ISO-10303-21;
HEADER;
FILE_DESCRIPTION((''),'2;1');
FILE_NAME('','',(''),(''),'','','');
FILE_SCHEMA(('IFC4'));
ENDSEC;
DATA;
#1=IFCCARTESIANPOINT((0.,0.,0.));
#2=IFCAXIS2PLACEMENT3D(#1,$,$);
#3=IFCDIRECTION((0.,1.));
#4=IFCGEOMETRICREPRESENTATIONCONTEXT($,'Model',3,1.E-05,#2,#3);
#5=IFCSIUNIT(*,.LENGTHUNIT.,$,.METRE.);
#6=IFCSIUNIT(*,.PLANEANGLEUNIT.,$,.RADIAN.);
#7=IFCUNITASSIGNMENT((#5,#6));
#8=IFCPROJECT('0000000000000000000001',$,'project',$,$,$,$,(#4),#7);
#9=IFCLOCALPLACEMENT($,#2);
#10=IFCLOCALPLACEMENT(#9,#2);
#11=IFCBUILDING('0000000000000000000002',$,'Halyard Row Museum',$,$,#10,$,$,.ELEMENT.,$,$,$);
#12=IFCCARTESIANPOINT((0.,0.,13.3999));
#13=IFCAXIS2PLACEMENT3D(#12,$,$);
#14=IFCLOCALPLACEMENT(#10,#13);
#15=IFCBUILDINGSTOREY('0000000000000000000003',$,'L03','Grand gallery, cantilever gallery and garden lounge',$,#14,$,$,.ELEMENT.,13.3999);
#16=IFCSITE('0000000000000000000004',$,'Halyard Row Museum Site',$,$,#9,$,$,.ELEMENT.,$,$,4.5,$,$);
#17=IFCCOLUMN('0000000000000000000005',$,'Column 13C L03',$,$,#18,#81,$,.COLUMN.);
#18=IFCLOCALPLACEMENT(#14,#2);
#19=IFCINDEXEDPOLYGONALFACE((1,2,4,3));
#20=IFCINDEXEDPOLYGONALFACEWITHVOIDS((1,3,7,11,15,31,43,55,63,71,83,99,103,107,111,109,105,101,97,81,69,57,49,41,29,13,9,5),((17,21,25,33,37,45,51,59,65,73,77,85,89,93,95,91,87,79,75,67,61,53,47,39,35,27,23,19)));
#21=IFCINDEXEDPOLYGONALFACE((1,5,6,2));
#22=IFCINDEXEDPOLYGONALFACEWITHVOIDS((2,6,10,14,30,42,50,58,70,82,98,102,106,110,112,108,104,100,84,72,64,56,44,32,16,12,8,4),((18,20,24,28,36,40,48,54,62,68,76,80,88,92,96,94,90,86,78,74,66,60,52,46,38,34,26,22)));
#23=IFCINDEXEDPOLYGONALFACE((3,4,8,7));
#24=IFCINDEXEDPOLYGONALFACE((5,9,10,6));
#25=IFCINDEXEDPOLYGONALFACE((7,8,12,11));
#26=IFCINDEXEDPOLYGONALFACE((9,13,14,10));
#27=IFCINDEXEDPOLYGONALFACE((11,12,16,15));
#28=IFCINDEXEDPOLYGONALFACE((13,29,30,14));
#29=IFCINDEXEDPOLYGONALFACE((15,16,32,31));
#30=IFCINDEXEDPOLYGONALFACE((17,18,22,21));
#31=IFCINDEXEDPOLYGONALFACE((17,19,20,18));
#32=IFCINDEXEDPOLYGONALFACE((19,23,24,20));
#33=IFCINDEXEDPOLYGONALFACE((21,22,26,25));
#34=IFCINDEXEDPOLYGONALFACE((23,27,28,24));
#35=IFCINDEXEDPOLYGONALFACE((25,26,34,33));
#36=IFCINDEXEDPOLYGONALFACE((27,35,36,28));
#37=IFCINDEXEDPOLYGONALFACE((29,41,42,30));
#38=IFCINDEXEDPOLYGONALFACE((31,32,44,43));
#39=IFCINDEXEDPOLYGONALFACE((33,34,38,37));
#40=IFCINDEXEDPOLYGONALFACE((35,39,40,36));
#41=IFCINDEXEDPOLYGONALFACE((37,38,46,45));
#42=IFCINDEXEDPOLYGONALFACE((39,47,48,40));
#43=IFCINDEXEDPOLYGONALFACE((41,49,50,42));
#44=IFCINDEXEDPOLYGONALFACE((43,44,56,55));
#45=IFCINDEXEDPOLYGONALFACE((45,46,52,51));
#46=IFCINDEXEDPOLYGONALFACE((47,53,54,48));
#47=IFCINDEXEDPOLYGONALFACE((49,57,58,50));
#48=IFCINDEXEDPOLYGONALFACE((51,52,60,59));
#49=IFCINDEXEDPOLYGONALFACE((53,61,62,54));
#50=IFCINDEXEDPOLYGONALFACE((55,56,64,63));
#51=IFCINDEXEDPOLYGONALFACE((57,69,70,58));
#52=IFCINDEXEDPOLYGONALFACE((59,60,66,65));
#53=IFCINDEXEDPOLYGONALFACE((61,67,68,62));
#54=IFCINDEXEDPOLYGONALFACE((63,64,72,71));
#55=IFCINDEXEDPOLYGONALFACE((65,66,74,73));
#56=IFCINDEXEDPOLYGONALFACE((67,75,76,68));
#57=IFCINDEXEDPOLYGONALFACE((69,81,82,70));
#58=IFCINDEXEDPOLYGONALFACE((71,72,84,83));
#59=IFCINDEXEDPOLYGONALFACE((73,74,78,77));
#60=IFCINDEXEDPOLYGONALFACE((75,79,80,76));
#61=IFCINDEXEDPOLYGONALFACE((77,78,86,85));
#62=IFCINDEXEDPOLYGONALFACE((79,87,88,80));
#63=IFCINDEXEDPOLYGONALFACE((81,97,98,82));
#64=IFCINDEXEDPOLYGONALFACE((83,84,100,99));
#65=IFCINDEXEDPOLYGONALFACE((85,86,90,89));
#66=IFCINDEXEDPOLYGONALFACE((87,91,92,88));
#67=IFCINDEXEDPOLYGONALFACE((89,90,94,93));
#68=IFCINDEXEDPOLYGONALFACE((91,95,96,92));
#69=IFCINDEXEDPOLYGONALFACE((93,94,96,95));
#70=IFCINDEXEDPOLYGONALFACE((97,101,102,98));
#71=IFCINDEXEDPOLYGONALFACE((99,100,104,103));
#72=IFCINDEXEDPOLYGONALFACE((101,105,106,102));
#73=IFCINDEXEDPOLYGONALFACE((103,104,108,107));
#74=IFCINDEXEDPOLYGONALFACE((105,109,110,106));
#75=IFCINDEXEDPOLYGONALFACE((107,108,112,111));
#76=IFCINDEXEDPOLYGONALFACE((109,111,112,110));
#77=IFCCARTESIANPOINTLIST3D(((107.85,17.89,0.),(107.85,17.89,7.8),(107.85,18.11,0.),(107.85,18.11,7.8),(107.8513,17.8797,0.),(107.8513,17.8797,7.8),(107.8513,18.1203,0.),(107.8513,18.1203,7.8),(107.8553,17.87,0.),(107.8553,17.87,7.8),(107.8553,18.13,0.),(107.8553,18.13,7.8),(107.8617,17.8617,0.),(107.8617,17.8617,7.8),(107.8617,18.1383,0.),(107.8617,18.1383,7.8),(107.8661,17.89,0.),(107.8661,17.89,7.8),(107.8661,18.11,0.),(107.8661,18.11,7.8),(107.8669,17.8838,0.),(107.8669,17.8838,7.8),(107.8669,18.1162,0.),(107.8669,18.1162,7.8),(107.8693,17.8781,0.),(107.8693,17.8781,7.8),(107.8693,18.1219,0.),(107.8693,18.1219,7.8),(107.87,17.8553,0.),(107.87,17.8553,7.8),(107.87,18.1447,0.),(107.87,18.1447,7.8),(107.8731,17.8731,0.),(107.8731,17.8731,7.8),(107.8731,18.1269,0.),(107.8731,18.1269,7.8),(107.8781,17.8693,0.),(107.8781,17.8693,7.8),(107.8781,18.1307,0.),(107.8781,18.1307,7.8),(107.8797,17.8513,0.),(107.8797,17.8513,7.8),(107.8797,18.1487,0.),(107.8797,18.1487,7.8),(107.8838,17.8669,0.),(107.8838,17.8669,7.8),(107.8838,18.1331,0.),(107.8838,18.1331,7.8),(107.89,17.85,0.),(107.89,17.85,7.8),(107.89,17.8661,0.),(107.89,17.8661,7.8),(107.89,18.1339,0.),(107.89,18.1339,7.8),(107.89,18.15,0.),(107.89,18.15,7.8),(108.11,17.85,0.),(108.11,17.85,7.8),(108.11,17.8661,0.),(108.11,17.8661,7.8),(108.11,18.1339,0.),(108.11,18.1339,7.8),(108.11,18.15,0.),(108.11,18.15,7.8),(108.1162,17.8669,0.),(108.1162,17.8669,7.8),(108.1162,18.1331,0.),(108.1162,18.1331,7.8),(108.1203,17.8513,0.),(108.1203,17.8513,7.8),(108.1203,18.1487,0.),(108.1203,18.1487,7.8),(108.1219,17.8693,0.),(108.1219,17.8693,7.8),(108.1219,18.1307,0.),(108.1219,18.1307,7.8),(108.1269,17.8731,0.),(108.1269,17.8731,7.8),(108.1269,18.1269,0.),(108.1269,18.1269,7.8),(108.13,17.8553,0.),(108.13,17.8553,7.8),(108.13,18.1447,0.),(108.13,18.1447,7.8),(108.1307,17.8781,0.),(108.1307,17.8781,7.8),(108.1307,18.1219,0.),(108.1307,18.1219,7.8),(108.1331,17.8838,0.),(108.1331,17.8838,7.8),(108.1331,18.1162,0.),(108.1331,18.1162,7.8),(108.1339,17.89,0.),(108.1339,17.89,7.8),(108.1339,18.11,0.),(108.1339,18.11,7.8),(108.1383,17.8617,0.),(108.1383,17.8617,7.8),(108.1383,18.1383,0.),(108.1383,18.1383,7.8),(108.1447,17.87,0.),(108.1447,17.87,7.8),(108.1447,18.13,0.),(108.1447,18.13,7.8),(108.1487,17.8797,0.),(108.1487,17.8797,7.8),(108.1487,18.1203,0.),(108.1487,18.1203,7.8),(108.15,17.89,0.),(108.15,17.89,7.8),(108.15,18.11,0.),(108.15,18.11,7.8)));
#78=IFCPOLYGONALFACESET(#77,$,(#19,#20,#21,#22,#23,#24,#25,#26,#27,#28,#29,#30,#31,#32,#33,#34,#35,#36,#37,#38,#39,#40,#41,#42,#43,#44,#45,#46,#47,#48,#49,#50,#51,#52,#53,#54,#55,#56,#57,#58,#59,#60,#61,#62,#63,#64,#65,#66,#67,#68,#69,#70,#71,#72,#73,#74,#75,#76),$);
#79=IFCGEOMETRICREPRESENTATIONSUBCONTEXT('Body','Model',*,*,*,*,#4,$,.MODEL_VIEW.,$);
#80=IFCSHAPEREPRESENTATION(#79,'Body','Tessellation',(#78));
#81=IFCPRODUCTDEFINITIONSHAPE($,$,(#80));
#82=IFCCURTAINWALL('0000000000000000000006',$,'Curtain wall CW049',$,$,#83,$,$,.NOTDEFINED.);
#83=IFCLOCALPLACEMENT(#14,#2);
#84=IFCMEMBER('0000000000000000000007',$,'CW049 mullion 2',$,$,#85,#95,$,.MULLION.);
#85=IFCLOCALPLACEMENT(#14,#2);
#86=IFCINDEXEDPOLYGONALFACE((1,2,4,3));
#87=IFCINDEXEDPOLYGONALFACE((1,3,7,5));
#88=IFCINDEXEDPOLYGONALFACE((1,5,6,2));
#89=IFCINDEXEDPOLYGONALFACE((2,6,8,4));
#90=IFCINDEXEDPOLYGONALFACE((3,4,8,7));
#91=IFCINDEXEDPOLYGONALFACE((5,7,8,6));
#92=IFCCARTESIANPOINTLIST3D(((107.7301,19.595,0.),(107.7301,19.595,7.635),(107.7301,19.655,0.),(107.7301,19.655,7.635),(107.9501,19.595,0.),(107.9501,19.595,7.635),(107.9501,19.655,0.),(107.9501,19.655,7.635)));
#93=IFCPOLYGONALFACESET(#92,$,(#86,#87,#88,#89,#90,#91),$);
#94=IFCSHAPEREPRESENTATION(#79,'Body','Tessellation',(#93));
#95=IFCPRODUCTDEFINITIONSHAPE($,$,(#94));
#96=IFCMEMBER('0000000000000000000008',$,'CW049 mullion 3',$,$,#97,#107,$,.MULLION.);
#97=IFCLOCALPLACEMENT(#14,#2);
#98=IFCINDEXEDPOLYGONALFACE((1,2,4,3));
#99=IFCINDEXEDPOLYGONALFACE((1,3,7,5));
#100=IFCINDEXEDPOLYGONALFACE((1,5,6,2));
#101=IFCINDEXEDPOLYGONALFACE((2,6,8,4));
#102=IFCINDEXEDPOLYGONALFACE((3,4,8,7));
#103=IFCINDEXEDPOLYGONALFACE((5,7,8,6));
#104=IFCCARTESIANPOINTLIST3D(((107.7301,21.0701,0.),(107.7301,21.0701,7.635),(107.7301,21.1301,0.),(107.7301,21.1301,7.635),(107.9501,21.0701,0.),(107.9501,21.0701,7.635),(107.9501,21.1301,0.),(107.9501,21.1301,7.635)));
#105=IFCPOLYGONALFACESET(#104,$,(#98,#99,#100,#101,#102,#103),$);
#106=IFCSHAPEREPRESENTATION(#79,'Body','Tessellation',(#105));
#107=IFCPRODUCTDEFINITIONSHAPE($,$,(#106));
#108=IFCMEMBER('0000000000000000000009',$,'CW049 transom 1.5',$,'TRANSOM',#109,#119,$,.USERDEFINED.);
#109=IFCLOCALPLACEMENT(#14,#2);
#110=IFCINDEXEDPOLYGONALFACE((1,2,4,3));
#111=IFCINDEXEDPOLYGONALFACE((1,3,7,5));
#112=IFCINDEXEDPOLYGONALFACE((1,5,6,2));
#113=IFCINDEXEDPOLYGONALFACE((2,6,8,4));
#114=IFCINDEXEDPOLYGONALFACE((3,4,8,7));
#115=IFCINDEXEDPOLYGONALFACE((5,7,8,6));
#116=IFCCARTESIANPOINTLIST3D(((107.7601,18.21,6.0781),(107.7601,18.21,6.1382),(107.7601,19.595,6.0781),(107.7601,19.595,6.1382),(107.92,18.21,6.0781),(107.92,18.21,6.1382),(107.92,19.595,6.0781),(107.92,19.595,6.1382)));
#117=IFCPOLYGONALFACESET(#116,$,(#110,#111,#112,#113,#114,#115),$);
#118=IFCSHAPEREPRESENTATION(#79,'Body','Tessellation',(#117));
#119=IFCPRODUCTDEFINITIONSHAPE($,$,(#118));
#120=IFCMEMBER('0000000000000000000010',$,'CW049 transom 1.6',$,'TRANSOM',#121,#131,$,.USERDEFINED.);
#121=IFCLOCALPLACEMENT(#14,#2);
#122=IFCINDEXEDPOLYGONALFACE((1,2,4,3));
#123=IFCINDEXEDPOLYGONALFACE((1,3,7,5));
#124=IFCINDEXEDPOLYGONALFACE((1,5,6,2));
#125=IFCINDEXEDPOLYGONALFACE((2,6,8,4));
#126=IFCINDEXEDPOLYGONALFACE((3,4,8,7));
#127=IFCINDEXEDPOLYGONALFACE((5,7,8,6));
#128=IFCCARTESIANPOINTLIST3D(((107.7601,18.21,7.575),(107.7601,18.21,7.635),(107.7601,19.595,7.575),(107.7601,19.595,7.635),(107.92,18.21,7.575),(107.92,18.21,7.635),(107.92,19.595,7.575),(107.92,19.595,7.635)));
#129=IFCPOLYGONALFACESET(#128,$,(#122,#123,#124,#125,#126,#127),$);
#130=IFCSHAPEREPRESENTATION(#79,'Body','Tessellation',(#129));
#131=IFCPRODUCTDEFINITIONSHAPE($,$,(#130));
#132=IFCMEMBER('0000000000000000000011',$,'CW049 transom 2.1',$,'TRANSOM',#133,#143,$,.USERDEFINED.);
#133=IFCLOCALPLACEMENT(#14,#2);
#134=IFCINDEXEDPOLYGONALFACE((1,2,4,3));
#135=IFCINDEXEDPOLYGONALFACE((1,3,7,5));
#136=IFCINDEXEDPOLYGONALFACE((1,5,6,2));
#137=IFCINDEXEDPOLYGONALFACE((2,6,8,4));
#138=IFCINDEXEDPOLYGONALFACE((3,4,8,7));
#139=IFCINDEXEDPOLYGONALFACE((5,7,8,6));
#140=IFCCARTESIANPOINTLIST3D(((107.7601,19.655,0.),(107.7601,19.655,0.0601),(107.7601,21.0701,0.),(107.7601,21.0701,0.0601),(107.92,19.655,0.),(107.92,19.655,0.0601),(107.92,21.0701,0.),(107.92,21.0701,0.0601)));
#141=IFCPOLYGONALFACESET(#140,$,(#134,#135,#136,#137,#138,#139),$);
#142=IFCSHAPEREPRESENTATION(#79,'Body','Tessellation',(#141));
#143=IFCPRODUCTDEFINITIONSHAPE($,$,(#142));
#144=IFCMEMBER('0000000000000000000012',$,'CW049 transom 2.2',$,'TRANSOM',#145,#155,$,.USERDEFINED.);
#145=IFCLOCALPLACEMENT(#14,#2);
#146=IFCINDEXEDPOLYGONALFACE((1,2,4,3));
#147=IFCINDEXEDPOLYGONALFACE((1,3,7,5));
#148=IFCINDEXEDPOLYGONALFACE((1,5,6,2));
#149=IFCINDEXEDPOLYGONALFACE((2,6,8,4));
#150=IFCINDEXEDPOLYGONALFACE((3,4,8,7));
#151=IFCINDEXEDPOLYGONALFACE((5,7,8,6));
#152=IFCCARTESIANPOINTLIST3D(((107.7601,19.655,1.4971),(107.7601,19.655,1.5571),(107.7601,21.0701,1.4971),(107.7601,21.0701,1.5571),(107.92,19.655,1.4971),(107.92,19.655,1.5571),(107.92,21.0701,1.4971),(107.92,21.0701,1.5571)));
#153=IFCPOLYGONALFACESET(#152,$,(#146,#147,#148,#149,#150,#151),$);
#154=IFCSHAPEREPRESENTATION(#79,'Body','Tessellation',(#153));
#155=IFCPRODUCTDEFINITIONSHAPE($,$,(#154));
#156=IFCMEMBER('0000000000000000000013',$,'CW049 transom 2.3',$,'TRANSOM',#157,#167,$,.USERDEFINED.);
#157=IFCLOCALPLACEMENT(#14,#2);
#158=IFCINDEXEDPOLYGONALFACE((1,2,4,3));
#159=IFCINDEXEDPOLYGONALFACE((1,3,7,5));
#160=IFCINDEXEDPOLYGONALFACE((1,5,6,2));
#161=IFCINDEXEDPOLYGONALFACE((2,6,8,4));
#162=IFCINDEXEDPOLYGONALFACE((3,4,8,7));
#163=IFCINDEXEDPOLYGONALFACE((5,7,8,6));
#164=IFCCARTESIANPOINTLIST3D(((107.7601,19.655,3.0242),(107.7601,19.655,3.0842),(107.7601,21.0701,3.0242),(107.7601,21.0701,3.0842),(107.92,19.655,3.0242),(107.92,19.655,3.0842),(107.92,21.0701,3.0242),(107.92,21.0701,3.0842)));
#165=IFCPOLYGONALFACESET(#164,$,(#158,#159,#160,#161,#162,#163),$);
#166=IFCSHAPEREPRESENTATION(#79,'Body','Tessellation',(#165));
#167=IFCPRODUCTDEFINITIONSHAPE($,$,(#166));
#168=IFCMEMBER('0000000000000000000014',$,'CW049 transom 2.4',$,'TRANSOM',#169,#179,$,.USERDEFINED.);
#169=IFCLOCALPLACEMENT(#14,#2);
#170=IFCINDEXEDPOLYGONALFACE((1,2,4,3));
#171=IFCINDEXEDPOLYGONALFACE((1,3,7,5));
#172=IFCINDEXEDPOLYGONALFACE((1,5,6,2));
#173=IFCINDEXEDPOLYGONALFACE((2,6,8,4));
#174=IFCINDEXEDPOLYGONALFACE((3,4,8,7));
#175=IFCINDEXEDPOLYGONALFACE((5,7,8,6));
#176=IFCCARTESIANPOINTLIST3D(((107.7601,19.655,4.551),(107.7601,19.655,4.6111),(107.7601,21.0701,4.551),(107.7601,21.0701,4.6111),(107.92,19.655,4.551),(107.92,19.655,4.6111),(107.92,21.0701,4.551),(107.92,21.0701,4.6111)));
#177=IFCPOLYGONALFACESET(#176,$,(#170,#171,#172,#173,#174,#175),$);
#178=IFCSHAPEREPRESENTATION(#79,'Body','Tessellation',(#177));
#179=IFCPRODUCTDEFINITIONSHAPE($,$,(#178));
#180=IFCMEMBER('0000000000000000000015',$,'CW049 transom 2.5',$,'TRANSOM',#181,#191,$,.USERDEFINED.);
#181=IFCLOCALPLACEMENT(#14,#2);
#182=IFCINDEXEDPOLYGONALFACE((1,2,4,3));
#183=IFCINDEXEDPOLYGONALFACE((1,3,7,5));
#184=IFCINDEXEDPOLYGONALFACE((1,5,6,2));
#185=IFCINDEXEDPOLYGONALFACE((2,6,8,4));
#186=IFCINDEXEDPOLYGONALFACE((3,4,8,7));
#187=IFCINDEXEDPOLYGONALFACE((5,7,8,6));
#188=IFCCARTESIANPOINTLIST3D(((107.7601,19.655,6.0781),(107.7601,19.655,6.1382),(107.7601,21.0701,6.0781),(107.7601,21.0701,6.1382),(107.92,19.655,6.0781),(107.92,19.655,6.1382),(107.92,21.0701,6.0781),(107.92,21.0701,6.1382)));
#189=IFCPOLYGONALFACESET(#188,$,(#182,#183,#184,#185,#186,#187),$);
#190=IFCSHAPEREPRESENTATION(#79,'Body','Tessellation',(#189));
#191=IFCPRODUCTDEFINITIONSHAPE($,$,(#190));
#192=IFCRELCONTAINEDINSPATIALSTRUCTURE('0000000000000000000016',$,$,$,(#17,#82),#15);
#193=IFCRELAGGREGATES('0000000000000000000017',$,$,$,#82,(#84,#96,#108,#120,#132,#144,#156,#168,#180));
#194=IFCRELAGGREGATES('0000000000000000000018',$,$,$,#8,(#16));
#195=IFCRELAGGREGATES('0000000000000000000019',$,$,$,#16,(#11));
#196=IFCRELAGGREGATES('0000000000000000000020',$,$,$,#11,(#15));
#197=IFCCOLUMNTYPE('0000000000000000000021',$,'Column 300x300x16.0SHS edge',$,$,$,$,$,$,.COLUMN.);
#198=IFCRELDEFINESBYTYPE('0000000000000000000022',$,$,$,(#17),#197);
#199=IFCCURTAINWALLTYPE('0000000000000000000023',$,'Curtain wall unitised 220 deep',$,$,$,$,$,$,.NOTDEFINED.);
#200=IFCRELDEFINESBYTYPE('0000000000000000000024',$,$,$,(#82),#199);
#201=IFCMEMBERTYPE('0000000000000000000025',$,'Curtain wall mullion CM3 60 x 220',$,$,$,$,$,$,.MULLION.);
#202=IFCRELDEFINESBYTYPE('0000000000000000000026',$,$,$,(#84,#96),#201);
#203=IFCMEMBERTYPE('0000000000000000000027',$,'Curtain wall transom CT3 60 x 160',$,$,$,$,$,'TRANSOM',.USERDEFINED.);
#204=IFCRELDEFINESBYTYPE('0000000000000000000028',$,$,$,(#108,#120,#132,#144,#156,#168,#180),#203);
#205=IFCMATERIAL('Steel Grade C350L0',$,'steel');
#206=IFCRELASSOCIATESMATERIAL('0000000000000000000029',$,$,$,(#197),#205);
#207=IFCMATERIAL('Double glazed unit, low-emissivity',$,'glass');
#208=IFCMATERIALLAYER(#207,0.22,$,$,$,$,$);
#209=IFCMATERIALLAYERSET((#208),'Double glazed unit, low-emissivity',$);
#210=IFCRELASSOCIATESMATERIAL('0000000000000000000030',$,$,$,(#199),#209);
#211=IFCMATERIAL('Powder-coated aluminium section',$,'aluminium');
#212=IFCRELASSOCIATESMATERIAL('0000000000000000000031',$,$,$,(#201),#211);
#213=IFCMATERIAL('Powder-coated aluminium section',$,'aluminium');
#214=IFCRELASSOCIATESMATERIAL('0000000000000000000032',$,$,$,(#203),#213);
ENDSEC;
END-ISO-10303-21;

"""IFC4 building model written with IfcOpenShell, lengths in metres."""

from ifc_helpers import new_model, si_unit, direction, frame, origin, origin_2d, place, context, subcontext, project, spatial, rectangle, hollow_rectangle, extrude, material, layer, layer_set, material_profile, profile_set, type_object, element, aggregate, save


model = new_model("IFC4")

# Units and contexts
model_context = context("Model", 3, precision=1e-05, world=origin(), true_north=direction((0.0, 1.0)))
body_context = subcontext(model_context, "Body", "Model", "MODEL_VIEW")
ifc_project = project(units=[si_unit("LENGTHUNIT", "METRE"), si_unit("PLANEANGLEUNIT", "RADIAN")], contexts=[model_context])

# Site, building, storey
site_placement = place(None, origin())
site = spatial("IfcSite", under=ifc_project, at=site_placement, Name="Halyard Row Museum Site", CompositionType="ELEMENT", RefElevation=4.5)
building_placement = place(site_placement, origin())
building = spatial("IfcBuilding", under=site, at=building_placement, Name="Halyard Row Museum", CompositionType="ELEMENT")
storey_placement = place(building_placement, frame((0.0, 0.0, 13.3999)))
storey = spatial("IfcBuildingStorey", under=building, at=storey_placement, Name="L03", Description="Grand gallery, cantilever gallery and garden lounge", CompositionType="ELEMENT", Elevation=13.3999)

# Column
ifc_material_1 = material(Name="Steel Grade C350L0", Category="steel")
ifc_material_profile_1 = material_profile(ifc_material_1, hollow_rectangle(XDim=0.3, YDim=0.3, WallThickness=0.0161, InnerFilletRadius=0.0239, OuterFilletRadius=0.04, at=origin_2d()), Name="300x300x16.0SHS")
ifc_profile_set_1 = profile_set([ifc_material_profile_1], Name="Steel Grade C350L0")
column_type = type_object("IfcColumnType", Name="Column 300x300x16.0SHS edge", PredefinedType="COLUMN", material=ifc_profile_set_1)
column_placement = place(storey_placement, frame((108.0, 18.0, 0.0), z_axis=(0.0, 0.0, 1.0), x_axis=(1.0, 0.0, 0.0)))
element("IfcColumn", 1, at=column_placement, inside=storey, type_object=column_type, Name="Column 13C L03", PredefinedType="COLUMN", context=body_context, shape_type="SweptSolid", body=[
    extrude(hollow_rectangle(XDim=0.3, YDim=0.3, WallThickness=0.0161, InnerFilletRadius=0.0239, OuterFilletRadius=0.04, at=origin_2d()), origin(), (0.0, 0.0, 1.0), 7.8),
])

# Curtain wall, members
ifc_material_2 = material(Name="Double glazed unit, low-emissivity", Category="glass")
ifc_layer_1 = layer(ifc_material_2, 0.22)
ifc_layer_set_1 = layer_set([ifc_layer_1], Name="Double glazed unit, low-emissivity")
curtain_wall_type = type_object("IfcCurtainWallType", Name="Curtain wall unitised 220 deep", PredefinedType="NOTDEFINED", material=ifc_layer_set_1)
curtain_wall_placement = place(storey_placement, origin())
curtain_wall = element("IfcCurtainWall", 2, at=curtain_wall_placement, inside=storey, type_object=curtain_wall_type, Name="Curtain wall CW049", PredefinedType="NOTDEFINED")
ifc_material_3 = material(Name="Powder-coated aluminium section", Category="aluminium")
ifc_material_profile_2 = material_profile(ifc_material_3, rectangle(XDim=0.22, YDim=0.0601, at=origin_2d()), Name="220x60 mullion")
ifc_profile_set_2 = profile_set([ifc_material_profile_2], Name="Powder-coated aluminium section")
member_type_1 = type_object("IfcMemberType", Name="Curtain wall mullion CM3 60 x 220", PredefinedType="MULLION", material=ifc_profile_set_2)
member_1_placement = place(storey_placement, frame((107.8401, 19.625, 0.0), z_axis=(0.0, 0.0, 1.0), x_axis=(-1.0, 0.0, 0.0)))
member_1 = element("IfcMember", 3, at=member_1_placement, type_object=member_type_1, Name="CW049 mullion 2", PredefinedType="MULLION", context=body_context, shape_type="SweptSolid", body=[
    extrude(rectangle(XDim=0.22, YDim=0.0601, at=origin_2d()), origin(), (0.0, 0.0, 1.0), 7.635),
])
member_2_placement = place(storey_placement, frame((107.8401, 21.1001, 0.0), z_axis=(0.0, 0.0, 1.0), x_axis=(-1.0, 0.0, 0.0)))
member_2 = element("IfcMember", 4, at=member_2_placement, type_object=member_type_1, Name="CW049 mullion 3", PredefinedType="MULLION", context=body_context, shape_type="SweptSolid", body=[
    extrude(rectangle(XDim=0.22, YDim=0.0601, at=origin_2d()), origin(), (0.0, 0.0, 1.0), 7.635),
])
ifc_material_4 = material(Name="Powder-coated aluminium section", Category="aluminium")
ifc_material_profile_3 = material_profile(ifc_material_4, rectangle(XDim=0.1599, YDim=0.0601, at=origin_2d()), Name="160x60 transom")
ifc_profile_set_3 = profile_set([ifc_material_profile_3], Name="Powder-coated aluminium section")
member_type_2 = type_object("IfcMemberType", Name="Curtain wall transom CT3 60 x 160", ElementType="TRANSOM", PredefinedType="USERDEFINED", material=ifc_profile_set_3)
member_3_placement = place(storey_placement, frame((107.8401, 18.21, 6.1082), z_axis=(0.0, 1.0, 0.0), x_axis=(-1.0, 0.0, 0.0)))
member_3 = element("IfcMember", 5, at=member_3_placement, type_object=member_type_2, Name="CW049 transom 1.5", ObjectType="TRANSOM", PredefinedType="USERDEFINED", context=body_context, shape_type="SweptSolid", body=[
    extrude(rectangle(XDim=0.1599, YDim=0.0601, at=origin_2d()), origin(), (0.0, 0.0, 1.0), 1.385),
])
member_4_placement = place(storey_placement, frame((107.8401, 18.21, 7.605), z_axis=(0.0, 1.0, 0.0), x_axis=(-1.0, 0.0, 0.0)))
member_4 = element("IfcMember", 6, at=member_4_placement, type_object=member_type_2, Name="CW049 transom 1.6", ObjectType="TRANSOM", PredefinedType="USERDEFINED", context=body_context, shape_type="SweptSolid", body=[
    extrude(rectangle(XDim=0.1599, YDim=0.0601, at=origin_2d()), origin(), (0.0, 0.0, 1.0), 1.385),
])
member_5_placement = place(storey_placement, frame((107.8401, 19.655, 0.03), z_axis=(0.0, 1.0, 0.0), x_axis=(-1.0, 0.0, 0.0)))
member_5 = element("IfcMember", 7, at=member_5_placement, type_object=member_type_2, Name="CW049 transom 2.1", ObjectType="TRANSOM", PredefinedType="USERDEFINED", context=body_context, shape_type="SweptSolid", body=[
    extrude(rectangle(XDim=0.1599, YDim=0.0601, at=origin_2d()), origin(), (0.0, 0.0, 1.0), 1.415),
])
member_6_placement = place(storey_placement, frame((107.8401, 19.655, 1.5271), z_axis=(0.0, 1.0, 0.0), x_axis=(-1.0, 0.0, 0.0)))
member_6 = element("IfcMember", 8, at=member_6_placement, type_object=member_type_2, Name="CW049 transom 2.2", ObjectType="TRANSOM", PredefinedType="USERDEFINED", context=body_context, shape_type="SweptSolid", body=[
    extrude(rectangle(XDim=0.1599, YDim=0.0601, at=origin_2d()), origin(), (0.0, 0.0, 1.0), 1.415),
])
member_7_placement = place(storey_placement, frame((107.8401, 19.655, 3.0542), z_axis=(0.0, 1.0, 0.0), x_axis=(-1.0, 0.0, 0.0)))
member_7 = element("IfcMember", 9, at=member_7_placement, type_object=member_type_2, Name="CW049 transom 2.3", ObjectType="TRANSOM", PredefinedType="USERDEFINED", context=body_context, shape_type="SweptSolid", body=[
    extrude(rectangle(XDim=0.1599, YDim=0.0601, at=origin_2d()), origin(), (0.0, 0.0, 1.0), 1.415),
])
member_8_placement = place(storey_placement, frame((107.8401, 19.655, 4.5811), z_axis=(0.0, 1.0, 0.0), x_axis=(-1.0, 0.0, 0.0)))
member_8 = element("IfcMember", 10, at=member_8_placement, type_object=member_type_2, Name="CW049 transom 2.4", ObjectType="TRANSOM", PredefinedType="USERDEFINED", context=body_context, shape_type="SweptSolid", body=[
    extrude(rectangle(XDim=0.1599, YDim=0.0601, at=origin_2d()), origin(), (0.0, 0.0, 1.0), 1.415),
])
member_9_placement = place(storey_placement, frame((107.8401, 19.655, 6.1082), z_axis=(0.0, 1.0, 0.0), x_axis=(-1.0, 0.0, 0.0)))
member_9 = element("IfcMember", 11, at=member_9_placement, type_object=member_type_2, Name="CW049 transom 2.5", ObjectType="TRANSOM", PredefinedType="USERDEFINED", context=body_context, shape_type="SweptSolid", body=[
    extrude(rectangle(XDim=0.1599, YDim=0.0601, at=origin_2d()), origin(), (0.0, 0.0, 1.0), 1.415),
])

aggregate(curtain_wall, [member_1, member_2, member_3, member_4, member_5, member_6, member_7, member_8, member_9])

save(model, "model.ifc")
